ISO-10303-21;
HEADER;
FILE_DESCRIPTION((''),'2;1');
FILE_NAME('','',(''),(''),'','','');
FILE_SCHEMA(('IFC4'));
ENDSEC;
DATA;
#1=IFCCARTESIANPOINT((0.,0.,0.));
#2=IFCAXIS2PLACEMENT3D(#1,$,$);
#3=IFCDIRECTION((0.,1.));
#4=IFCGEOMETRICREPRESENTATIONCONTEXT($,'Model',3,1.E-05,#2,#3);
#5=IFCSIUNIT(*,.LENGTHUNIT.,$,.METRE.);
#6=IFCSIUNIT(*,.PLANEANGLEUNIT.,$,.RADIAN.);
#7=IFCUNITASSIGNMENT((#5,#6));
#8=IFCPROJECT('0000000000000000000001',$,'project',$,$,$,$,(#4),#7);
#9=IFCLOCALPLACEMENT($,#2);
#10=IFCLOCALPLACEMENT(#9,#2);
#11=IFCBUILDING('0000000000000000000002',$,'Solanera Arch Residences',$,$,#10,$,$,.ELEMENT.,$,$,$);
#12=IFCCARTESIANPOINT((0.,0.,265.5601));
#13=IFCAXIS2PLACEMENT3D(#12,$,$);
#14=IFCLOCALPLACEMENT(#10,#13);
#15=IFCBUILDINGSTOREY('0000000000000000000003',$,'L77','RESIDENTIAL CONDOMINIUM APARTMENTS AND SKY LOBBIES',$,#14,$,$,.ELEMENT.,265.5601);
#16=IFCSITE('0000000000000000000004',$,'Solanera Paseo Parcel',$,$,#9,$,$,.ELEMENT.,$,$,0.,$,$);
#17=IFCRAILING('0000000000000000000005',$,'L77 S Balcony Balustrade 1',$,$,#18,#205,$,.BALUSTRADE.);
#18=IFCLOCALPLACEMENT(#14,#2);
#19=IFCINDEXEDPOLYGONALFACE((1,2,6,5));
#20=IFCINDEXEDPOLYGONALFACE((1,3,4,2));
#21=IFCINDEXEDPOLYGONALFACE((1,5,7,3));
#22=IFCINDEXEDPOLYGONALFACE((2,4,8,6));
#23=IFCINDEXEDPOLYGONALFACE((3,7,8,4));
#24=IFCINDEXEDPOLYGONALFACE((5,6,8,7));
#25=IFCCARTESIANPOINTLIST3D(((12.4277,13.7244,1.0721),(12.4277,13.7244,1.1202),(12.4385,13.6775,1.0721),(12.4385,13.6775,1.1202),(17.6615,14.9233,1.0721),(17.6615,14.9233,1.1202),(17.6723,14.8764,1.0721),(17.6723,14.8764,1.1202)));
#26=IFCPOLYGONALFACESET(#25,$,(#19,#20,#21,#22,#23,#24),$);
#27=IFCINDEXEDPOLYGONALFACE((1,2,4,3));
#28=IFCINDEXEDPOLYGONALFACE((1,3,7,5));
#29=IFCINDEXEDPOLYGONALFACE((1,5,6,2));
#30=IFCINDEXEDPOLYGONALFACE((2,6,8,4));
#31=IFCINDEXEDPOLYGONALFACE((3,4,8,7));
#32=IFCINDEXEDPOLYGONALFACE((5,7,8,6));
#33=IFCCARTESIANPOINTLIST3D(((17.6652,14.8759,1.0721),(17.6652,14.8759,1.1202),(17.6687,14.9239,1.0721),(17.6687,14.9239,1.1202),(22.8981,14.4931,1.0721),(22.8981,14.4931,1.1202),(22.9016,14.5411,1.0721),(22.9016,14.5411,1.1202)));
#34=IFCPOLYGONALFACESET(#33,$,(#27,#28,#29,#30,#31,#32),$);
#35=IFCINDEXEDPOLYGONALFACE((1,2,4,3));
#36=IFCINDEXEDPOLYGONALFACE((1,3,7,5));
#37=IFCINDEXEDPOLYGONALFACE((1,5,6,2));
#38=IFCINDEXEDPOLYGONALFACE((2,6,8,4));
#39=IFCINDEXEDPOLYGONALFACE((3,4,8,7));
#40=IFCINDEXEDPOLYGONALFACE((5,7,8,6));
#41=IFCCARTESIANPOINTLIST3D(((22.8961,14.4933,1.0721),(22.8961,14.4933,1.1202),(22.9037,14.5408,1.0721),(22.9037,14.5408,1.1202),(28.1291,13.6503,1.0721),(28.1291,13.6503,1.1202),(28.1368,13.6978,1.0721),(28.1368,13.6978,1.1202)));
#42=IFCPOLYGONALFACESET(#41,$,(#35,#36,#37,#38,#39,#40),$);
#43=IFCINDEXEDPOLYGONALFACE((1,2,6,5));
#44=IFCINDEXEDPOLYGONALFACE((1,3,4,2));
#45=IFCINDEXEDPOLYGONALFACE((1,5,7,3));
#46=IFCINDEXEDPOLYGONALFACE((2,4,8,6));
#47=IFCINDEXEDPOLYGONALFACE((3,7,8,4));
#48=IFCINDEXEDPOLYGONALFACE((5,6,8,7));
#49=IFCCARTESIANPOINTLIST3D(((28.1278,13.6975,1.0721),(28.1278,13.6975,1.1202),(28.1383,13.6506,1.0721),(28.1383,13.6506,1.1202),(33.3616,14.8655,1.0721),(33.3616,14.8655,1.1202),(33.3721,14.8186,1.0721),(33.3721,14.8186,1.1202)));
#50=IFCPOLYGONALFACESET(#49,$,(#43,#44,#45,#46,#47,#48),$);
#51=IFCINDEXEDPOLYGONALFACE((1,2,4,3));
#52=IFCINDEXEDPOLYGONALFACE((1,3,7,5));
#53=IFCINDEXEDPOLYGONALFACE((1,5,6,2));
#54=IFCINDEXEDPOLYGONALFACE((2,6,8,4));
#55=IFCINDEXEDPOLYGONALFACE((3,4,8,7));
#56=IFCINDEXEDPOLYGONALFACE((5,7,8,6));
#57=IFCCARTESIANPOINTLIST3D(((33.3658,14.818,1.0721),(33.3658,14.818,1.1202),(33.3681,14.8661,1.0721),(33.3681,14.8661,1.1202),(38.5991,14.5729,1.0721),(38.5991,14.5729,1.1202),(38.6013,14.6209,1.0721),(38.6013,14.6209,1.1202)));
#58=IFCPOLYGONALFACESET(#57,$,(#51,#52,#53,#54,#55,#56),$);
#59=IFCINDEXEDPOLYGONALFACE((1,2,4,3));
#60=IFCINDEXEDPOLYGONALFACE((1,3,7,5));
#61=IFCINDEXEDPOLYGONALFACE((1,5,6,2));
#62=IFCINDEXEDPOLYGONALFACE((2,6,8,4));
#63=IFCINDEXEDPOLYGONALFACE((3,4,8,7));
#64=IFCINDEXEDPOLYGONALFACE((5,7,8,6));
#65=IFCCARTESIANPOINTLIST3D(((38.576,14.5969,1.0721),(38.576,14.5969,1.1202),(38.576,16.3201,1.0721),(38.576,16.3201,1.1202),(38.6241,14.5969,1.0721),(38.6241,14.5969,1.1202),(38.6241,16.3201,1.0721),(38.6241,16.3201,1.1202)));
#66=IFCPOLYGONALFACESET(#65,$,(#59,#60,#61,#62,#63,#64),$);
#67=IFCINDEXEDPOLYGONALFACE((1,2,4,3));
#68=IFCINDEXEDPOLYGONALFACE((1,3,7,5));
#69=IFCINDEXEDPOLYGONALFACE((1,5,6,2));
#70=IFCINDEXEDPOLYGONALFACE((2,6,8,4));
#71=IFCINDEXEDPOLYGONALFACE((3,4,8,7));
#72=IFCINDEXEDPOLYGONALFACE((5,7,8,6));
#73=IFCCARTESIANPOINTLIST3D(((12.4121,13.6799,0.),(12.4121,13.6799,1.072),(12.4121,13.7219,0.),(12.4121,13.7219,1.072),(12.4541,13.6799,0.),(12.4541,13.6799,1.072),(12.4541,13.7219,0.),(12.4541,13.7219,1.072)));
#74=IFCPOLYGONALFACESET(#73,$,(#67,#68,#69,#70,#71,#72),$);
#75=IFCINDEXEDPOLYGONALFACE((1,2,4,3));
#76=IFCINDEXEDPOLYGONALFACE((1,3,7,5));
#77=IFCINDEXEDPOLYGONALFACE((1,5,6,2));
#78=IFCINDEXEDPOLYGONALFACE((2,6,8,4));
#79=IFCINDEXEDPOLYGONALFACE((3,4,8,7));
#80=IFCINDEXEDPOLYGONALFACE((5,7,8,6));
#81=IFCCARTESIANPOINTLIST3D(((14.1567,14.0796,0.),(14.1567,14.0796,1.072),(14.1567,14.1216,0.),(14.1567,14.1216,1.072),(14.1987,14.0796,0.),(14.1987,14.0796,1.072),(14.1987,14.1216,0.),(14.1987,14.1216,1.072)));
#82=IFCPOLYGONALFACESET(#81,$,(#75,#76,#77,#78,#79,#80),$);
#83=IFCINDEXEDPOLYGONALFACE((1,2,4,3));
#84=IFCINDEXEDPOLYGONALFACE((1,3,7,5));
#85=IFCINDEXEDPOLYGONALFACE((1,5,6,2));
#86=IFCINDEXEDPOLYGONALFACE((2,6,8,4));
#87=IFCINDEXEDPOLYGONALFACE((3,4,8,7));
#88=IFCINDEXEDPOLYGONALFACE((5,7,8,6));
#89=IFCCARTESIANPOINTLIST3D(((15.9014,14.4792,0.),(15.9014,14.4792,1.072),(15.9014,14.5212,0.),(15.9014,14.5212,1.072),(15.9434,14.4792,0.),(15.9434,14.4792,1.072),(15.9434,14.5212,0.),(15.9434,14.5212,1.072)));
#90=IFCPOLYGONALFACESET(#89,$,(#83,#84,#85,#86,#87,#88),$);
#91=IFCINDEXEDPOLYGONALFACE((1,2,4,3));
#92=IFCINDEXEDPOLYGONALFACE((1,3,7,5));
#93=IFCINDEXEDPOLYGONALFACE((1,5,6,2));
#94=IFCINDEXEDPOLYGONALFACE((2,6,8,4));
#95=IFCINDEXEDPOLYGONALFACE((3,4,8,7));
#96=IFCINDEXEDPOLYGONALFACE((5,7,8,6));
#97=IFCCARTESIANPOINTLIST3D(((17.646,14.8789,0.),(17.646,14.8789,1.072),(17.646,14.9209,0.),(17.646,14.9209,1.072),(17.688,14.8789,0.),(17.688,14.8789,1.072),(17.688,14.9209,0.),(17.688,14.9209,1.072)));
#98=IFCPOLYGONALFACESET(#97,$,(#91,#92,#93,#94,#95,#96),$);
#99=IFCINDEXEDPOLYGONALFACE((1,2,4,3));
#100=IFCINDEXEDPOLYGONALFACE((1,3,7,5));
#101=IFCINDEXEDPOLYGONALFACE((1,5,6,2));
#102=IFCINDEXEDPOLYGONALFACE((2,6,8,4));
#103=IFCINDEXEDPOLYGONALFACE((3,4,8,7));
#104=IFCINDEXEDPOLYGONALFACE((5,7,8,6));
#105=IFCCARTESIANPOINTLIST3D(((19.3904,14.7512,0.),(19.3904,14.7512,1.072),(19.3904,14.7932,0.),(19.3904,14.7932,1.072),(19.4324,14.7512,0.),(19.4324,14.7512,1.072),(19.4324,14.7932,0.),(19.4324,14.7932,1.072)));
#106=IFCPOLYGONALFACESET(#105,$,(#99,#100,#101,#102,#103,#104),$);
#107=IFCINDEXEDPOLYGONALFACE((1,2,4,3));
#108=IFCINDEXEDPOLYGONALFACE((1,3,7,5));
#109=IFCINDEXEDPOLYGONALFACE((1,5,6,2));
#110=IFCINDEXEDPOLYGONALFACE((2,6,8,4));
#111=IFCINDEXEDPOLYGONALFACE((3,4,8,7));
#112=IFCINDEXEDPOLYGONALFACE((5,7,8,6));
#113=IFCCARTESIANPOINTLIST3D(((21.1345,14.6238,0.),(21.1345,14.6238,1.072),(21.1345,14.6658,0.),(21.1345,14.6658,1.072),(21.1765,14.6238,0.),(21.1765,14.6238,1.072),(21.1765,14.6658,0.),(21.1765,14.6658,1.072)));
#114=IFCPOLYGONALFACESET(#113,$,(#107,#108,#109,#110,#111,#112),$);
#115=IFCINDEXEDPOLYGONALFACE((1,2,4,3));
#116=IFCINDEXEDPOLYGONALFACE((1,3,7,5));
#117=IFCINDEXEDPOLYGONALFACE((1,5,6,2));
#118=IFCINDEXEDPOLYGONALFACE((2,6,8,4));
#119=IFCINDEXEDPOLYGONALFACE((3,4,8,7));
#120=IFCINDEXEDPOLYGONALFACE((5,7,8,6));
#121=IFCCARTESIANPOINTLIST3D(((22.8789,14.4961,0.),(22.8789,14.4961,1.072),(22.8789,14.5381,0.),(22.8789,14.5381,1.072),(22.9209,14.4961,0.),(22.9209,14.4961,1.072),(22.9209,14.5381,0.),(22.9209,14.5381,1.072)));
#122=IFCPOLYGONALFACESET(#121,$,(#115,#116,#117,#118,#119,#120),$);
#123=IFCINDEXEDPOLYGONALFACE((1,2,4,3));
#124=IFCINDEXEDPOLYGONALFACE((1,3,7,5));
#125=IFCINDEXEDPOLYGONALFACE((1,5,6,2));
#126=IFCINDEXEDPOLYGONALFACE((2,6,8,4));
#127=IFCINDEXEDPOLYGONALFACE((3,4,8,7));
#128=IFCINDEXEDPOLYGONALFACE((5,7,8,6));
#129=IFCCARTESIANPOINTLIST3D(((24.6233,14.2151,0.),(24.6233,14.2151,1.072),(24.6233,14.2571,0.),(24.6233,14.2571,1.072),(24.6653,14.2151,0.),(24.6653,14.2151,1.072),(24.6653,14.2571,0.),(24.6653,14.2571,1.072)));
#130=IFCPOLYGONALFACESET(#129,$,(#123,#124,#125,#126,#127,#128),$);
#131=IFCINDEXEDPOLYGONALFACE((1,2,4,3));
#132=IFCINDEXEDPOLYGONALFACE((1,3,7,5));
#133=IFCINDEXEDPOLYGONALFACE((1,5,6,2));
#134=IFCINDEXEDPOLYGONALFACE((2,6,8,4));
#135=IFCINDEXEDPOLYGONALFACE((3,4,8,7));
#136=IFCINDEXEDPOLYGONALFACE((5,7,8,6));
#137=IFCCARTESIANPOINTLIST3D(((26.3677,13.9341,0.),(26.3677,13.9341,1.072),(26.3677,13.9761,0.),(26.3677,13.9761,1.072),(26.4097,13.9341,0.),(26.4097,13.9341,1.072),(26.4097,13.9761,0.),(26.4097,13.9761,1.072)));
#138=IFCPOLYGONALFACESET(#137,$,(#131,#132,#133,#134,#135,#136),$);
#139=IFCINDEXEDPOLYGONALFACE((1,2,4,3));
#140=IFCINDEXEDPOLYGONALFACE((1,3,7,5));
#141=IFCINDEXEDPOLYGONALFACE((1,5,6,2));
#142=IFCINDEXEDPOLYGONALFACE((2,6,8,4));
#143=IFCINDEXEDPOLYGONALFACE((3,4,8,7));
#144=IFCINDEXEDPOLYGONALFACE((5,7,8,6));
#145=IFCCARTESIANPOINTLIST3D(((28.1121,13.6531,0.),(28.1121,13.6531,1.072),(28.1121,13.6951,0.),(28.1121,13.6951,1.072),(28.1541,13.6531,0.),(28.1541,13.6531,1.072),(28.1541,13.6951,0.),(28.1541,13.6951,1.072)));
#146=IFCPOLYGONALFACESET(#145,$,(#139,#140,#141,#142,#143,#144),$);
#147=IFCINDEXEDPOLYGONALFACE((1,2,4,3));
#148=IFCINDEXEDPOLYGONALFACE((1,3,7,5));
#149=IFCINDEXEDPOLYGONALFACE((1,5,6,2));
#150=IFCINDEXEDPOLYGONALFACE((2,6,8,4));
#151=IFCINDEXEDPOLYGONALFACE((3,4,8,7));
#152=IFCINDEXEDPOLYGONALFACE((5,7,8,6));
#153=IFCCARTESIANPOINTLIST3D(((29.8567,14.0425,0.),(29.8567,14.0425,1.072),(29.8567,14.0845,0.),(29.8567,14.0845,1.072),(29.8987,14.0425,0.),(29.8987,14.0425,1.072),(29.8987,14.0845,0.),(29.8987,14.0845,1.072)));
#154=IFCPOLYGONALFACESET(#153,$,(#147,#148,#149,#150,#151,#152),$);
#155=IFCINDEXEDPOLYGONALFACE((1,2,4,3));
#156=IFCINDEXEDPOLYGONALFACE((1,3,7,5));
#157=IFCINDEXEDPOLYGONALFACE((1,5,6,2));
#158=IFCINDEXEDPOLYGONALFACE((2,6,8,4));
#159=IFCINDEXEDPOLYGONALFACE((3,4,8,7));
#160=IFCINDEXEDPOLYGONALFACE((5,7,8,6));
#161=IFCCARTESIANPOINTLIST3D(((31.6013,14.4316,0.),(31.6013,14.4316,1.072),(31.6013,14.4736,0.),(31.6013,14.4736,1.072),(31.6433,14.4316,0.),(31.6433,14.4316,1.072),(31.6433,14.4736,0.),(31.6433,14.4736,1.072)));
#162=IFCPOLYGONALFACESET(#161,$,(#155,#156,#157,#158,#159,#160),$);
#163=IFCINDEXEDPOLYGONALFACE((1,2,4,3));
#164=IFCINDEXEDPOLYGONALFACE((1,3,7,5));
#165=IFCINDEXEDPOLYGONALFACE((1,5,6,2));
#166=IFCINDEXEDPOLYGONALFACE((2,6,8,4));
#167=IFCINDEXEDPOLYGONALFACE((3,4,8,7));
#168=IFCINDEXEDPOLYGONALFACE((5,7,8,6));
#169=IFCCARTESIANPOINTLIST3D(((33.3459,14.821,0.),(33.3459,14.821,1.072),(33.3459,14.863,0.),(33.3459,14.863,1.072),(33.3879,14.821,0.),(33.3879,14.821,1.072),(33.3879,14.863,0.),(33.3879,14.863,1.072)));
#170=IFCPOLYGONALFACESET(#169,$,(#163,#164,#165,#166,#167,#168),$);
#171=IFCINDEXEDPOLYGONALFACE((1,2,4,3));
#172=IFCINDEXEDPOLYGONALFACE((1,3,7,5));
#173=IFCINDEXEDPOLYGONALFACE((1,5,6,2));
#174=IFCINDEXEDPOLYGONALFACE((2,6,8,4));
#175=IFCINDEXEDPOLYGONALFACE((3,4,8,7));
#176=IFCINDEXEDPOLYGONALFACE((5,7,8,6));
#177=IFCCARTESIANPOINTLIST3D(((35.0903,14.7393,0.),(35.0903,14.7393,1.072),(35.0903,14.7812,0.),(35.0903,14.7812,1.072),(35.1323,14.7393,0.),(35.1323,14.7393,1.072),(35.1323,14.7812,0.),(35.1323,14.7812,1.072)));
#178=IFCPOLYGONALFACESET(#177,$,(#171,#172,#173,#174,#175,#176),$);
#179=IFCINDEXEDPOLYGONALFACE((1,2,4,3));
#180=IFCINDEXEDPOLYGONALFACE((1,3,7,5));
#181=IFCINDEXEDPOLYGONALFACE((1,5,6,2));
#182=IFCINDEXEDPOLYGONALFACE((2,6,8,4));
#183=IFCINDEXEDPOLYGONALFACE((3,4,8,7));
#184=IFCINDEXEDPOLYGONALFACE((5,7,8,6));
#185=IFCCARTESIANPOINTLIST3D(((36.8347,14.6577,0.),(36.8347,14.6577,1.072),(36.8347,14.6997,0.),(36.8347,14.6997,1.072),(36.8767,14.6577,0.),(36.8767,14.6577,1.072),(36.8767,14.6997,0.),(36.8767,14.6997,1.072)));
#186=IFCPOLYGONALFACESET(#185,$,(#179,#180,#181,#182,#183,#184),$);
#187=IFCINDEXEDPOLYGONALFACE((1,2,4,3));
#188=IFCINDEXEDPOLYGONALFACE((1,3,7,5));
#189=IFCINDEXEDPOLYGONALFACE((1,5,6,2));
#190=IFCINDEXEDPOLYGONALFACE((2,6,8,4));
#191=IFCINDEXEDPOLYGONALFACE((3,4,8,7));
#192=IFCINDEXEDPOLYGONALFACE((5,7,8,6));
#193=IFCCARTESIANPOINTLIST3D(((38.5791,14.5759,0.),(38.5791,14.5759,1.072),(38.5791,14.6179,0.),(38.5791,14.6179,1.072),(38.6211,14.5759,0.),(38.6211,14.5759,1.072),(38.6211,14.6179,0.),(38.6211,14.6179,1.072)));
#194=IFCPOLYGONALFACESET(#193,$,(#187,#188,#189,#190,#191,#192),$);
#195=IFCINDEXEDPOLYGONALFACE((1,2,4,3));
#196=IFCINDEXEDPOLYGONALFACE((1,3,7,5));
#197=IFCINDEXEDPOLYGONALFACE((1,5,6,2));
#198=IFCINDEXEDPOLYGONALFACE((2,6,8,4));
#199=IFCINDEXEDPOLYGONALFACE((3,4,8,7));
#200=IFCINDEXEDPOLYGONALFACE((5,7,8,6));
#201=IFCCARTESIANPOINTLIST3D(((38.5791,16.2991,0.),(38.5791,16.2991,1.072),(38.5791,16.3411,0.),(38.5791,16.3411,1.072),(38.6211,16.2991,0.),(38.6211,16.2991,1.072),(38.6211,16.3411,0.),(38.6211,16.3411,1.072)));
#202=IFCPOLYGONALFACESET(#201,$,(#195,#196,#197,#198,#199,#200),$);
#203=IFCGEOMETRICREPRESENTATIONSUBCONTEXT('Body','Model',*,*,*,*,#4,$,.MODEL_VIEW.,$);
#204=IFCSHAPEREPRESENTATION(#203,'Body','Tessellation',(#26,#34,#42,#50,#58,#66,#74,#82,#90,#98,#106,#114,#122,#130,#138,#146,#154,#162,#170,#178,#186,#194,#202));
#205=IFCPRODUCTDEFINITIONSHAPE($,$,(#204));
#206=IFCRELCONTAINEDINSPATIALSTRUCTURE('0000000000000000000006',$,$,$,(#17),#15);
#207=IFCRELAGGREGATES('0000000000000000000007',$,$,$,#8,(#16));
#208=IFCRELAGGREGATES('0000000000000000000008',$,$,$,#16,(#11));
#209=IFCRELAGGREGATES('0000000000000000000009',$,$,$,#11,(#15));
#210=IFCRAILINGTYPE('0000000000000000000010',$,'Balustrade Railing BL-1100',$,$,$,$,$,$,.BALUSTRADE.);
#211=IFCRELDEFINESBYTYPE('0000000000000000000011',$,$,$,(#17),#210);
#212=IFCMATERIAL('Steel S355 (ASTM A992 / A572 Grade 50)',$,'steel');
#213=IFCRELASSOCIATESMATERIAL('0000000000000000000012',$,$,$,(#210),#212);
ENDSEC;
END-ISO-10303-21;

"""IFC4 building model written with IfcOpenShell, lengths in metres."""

from ifc_helpers import new_model, si_unit, direction, frame, origin, origin_2d, place, context, subcontext, project, spatial, rectangle, extrude, material, type_object, element, save


model = new_model("IFC4")

# Units and contexts
model_context = context("Model", 3, precision=1e-05, world=origin(), true_north=direction((0.0, 1.0)))
body_context = subcontext(model_context, "Body", "Model", "MODEL_VIEW")
ifc_project = project(units=[si_unit("LENGTHUNIT", "METRE"), si_unit("PLANEANGLEUNIT", "RADIAN")], contexts=[model_context])

# Site, building, storey
site_placement = place(None, origin())
site = spatial("IfcSite", under=ifc_project, at=site_placement, Name="Solanera Paseo Parcel", CompositionType="ELEMENT", RefElevation=0.0)
building_placement = place(site_placement, origin())
building = spatial("IfcBuilding", under=site, at=building_placement, Name="Solanera Arch Residences", CompositionType="ELEMENT")
storey_placement = place(building_placement, frame((0.0, 0.0, 265.5601)))
storey = spatial("IfcBuildingStorey", under=building, at=storey_placement, Name="L77", Description="RESIDENTIAL CONDOMINIUM APARTMENTS AND SKY LOBBIES", CompositionType="ELEMENT", Elevation=265.5601)

# Railing
ifc_material_1 = material(Name="Steel S355 (ASTM A992 / A572 Grade 50)", Category="steel")
railing_type = type_object("IfcRailingType", Name="Balustrade Railing BL-1100", PredefinedType="BALUSTRADE", material=ifc_material_1)
railing_placement = place(storey_placement, frame((12.4331, 13.7009, 0.0)))
element("IfcRailing", 1, at=railing_placement, inside=storey, type_object=railing_type, Name="L77 S Balcony Balustrade 1", PredefinedType="BALUSTRADE", context=body_context, shape_type="SweptSolid", body=[
    extrude(rectangle(XDim=0.0481, YDim=0.0481, at=origin_2d()), frame((0.0, 0.0, 1.0962), z_axis=(0.974751, 0.223295, 0.0), x_axis=(-0.223295, 0.974751, 0.0)), (0.0, 0.0, 1.0), 5.3694),
    extrude(rectangle(XDim=0.0481, YDim=0.0481, at=origin_2d()), frame((5.2339, 1.199, 1.0962), z_axis=(0.997335, -0.07296, 0.0), x_axis=(0.07296, 0.997335, 0.0)), (0.0, 0.0, 1.0), 5.2468),
    extrude(rectangle(XDim=0.0481, YDim=0.0481, at=origin_2d()), frame((10.4668, 0.8162, 1.0962), z_axis=(0.987272, -0.159041, 0.0), x_axis=(0.159041, 0.987272, 0.0)), (0.0, 0.0, 1.0), 5.3005),
    extrude(rectangle(XDim=0.0481, YDim=0.0481, at=origin_2d()), frame((15.7, -0.0269, 1.0962), z_axis=(0.975994, 0.217798, 0.0), x_axis=(-0.217798, 0.975994, 0.0)), (0.0, 0.0, 1.0), 5.3625),
    extrude(rectangle(XDim=0.0481, YDim=0.0481, at=origin_2d()), frame((20.9338, 1.1411, 1.0962), z_axis=(0.998905, -0.046788, 0.0), x_axis=(0.046788, 0.998905, 0.0)), (0.0, 0.0, 1.0), 5.239),
    extrude(rectangle(XDim=0.0481, YDim=0.0481, at=origin_2d()), frame((26.167, 0.896, 1.0962), z_axis=(0.0, 1.0, 0.0), x_axis=(-1.0, 0.0, 0.0)), (0.0, 0.0, 1.0), 1.7231),
    extrude(rectangle(XDim=0.042, YDim=0.042, at=origin_2d()), origin(), (0.0, 0.0, 1.0), 1.072),
    extrude(rectangle(XDim=0.042, YDim=0.042, at=origin_2d()), frame((1.7446, 0.3997, 0.0)), (0.0, 0.0, 1.0), 1.072),
    extrude(rectangle(XDim=0.042, YDim=0.042, at=origin_2d()), frame((3.4893, 0.7993, 0.0)), (0.0, 0.0, 1.0), 1.072),
    extrude(rectangle(XDim=0.042, YDim=0.042, at=origin_2d()), frame((5.2339, 1.199, 0.0)), (0.0, 0.0, 1.0), 1.072),
    extrude(rectangle(XDim=0.042, YDim=0.042, at=origin_2d()), frame((6.9783, 1.0713, 0.0)), (0.0, 0.0, 1.0), 1.072),
    extrude(rectangle(XDim=0.042, YDim=0.042, at=origin_2d()), frame((8.7224, 0.9438, 0.0)), (0.0, 0.0, 1.0), 1.072),
    extrude(rectangle(XDim=0.042, YDim=0.042, at=origin_2d()), frame((10.4668, 0.8162, 0.0)), (0.0, 0.0, 1.0), 1.072),
    extrude(rectangle(XDim=0.042, YDim=0.042, at=origin_2d()), frame((12.2112, 0.5352, 0.0)), (0.0, 0.0, 1.0), 1.072),
    extrude(rectangle(XDim=0.042, YDim=0.042, at=origin_2d()), frame((13.9556, 0.2542, 0.0)), (0.0, 0.0, 1.0), 1.072),
    extrude(rectangle(XDim=0.042, YDim=0.042, at=origin_2d()), frame((15.7, -0.0269, 0.0)), (0.0, 0.0, 1.0), 1.072),
    extrude(rectangle(XDim=0.042, YDim=0.042, at=origin_2d()), frame((17.4446, 0.3625, 0.0)), (0.0, 0.0, 1.0), 1.072),
    extrude(rectangle(XDim=0.042, YDim=0.042, at=origin_2d()), frame((19.1892, 0.7517, 0.0)), (0.0, 0.0, 1.0), 1.072),
    extrude(rectangle(XDim=0.042, YDim=0.042, at=origin_2d()), frame((20.9338, 1.1411, 0.0)), (0.0, 0.0, 1.0), 1.072),
    extrude(rectangle(XDim=0.042, YDim=0.042, at=origin_2d()), frame((22.6782, 1.0593, 0.0)), (0.0, 0.0, 1.0), 1.072),
    extrude(rectangle(XDim=0.042, YDim=0.042, at=origin_2d()), frame((24.4226, 0.9778, 0.0)), (0.0, 0.0, 1.0), 1.072),
    extrude(rectangle(XDim=0.042, YDim=0.042, at=origin_2d()), frame((26.167, 0.896, 0.0)), (0.0, 0.0, 1.0), 1.072),
    extrude(rectangle(XDim=0.042, YDim=0.042, at=origin_2d()), frame((26.167, 2.6191, 0.0)), (0.0, 0.0, 1.0), 1.072),
])

save(model, "model.ifc")
